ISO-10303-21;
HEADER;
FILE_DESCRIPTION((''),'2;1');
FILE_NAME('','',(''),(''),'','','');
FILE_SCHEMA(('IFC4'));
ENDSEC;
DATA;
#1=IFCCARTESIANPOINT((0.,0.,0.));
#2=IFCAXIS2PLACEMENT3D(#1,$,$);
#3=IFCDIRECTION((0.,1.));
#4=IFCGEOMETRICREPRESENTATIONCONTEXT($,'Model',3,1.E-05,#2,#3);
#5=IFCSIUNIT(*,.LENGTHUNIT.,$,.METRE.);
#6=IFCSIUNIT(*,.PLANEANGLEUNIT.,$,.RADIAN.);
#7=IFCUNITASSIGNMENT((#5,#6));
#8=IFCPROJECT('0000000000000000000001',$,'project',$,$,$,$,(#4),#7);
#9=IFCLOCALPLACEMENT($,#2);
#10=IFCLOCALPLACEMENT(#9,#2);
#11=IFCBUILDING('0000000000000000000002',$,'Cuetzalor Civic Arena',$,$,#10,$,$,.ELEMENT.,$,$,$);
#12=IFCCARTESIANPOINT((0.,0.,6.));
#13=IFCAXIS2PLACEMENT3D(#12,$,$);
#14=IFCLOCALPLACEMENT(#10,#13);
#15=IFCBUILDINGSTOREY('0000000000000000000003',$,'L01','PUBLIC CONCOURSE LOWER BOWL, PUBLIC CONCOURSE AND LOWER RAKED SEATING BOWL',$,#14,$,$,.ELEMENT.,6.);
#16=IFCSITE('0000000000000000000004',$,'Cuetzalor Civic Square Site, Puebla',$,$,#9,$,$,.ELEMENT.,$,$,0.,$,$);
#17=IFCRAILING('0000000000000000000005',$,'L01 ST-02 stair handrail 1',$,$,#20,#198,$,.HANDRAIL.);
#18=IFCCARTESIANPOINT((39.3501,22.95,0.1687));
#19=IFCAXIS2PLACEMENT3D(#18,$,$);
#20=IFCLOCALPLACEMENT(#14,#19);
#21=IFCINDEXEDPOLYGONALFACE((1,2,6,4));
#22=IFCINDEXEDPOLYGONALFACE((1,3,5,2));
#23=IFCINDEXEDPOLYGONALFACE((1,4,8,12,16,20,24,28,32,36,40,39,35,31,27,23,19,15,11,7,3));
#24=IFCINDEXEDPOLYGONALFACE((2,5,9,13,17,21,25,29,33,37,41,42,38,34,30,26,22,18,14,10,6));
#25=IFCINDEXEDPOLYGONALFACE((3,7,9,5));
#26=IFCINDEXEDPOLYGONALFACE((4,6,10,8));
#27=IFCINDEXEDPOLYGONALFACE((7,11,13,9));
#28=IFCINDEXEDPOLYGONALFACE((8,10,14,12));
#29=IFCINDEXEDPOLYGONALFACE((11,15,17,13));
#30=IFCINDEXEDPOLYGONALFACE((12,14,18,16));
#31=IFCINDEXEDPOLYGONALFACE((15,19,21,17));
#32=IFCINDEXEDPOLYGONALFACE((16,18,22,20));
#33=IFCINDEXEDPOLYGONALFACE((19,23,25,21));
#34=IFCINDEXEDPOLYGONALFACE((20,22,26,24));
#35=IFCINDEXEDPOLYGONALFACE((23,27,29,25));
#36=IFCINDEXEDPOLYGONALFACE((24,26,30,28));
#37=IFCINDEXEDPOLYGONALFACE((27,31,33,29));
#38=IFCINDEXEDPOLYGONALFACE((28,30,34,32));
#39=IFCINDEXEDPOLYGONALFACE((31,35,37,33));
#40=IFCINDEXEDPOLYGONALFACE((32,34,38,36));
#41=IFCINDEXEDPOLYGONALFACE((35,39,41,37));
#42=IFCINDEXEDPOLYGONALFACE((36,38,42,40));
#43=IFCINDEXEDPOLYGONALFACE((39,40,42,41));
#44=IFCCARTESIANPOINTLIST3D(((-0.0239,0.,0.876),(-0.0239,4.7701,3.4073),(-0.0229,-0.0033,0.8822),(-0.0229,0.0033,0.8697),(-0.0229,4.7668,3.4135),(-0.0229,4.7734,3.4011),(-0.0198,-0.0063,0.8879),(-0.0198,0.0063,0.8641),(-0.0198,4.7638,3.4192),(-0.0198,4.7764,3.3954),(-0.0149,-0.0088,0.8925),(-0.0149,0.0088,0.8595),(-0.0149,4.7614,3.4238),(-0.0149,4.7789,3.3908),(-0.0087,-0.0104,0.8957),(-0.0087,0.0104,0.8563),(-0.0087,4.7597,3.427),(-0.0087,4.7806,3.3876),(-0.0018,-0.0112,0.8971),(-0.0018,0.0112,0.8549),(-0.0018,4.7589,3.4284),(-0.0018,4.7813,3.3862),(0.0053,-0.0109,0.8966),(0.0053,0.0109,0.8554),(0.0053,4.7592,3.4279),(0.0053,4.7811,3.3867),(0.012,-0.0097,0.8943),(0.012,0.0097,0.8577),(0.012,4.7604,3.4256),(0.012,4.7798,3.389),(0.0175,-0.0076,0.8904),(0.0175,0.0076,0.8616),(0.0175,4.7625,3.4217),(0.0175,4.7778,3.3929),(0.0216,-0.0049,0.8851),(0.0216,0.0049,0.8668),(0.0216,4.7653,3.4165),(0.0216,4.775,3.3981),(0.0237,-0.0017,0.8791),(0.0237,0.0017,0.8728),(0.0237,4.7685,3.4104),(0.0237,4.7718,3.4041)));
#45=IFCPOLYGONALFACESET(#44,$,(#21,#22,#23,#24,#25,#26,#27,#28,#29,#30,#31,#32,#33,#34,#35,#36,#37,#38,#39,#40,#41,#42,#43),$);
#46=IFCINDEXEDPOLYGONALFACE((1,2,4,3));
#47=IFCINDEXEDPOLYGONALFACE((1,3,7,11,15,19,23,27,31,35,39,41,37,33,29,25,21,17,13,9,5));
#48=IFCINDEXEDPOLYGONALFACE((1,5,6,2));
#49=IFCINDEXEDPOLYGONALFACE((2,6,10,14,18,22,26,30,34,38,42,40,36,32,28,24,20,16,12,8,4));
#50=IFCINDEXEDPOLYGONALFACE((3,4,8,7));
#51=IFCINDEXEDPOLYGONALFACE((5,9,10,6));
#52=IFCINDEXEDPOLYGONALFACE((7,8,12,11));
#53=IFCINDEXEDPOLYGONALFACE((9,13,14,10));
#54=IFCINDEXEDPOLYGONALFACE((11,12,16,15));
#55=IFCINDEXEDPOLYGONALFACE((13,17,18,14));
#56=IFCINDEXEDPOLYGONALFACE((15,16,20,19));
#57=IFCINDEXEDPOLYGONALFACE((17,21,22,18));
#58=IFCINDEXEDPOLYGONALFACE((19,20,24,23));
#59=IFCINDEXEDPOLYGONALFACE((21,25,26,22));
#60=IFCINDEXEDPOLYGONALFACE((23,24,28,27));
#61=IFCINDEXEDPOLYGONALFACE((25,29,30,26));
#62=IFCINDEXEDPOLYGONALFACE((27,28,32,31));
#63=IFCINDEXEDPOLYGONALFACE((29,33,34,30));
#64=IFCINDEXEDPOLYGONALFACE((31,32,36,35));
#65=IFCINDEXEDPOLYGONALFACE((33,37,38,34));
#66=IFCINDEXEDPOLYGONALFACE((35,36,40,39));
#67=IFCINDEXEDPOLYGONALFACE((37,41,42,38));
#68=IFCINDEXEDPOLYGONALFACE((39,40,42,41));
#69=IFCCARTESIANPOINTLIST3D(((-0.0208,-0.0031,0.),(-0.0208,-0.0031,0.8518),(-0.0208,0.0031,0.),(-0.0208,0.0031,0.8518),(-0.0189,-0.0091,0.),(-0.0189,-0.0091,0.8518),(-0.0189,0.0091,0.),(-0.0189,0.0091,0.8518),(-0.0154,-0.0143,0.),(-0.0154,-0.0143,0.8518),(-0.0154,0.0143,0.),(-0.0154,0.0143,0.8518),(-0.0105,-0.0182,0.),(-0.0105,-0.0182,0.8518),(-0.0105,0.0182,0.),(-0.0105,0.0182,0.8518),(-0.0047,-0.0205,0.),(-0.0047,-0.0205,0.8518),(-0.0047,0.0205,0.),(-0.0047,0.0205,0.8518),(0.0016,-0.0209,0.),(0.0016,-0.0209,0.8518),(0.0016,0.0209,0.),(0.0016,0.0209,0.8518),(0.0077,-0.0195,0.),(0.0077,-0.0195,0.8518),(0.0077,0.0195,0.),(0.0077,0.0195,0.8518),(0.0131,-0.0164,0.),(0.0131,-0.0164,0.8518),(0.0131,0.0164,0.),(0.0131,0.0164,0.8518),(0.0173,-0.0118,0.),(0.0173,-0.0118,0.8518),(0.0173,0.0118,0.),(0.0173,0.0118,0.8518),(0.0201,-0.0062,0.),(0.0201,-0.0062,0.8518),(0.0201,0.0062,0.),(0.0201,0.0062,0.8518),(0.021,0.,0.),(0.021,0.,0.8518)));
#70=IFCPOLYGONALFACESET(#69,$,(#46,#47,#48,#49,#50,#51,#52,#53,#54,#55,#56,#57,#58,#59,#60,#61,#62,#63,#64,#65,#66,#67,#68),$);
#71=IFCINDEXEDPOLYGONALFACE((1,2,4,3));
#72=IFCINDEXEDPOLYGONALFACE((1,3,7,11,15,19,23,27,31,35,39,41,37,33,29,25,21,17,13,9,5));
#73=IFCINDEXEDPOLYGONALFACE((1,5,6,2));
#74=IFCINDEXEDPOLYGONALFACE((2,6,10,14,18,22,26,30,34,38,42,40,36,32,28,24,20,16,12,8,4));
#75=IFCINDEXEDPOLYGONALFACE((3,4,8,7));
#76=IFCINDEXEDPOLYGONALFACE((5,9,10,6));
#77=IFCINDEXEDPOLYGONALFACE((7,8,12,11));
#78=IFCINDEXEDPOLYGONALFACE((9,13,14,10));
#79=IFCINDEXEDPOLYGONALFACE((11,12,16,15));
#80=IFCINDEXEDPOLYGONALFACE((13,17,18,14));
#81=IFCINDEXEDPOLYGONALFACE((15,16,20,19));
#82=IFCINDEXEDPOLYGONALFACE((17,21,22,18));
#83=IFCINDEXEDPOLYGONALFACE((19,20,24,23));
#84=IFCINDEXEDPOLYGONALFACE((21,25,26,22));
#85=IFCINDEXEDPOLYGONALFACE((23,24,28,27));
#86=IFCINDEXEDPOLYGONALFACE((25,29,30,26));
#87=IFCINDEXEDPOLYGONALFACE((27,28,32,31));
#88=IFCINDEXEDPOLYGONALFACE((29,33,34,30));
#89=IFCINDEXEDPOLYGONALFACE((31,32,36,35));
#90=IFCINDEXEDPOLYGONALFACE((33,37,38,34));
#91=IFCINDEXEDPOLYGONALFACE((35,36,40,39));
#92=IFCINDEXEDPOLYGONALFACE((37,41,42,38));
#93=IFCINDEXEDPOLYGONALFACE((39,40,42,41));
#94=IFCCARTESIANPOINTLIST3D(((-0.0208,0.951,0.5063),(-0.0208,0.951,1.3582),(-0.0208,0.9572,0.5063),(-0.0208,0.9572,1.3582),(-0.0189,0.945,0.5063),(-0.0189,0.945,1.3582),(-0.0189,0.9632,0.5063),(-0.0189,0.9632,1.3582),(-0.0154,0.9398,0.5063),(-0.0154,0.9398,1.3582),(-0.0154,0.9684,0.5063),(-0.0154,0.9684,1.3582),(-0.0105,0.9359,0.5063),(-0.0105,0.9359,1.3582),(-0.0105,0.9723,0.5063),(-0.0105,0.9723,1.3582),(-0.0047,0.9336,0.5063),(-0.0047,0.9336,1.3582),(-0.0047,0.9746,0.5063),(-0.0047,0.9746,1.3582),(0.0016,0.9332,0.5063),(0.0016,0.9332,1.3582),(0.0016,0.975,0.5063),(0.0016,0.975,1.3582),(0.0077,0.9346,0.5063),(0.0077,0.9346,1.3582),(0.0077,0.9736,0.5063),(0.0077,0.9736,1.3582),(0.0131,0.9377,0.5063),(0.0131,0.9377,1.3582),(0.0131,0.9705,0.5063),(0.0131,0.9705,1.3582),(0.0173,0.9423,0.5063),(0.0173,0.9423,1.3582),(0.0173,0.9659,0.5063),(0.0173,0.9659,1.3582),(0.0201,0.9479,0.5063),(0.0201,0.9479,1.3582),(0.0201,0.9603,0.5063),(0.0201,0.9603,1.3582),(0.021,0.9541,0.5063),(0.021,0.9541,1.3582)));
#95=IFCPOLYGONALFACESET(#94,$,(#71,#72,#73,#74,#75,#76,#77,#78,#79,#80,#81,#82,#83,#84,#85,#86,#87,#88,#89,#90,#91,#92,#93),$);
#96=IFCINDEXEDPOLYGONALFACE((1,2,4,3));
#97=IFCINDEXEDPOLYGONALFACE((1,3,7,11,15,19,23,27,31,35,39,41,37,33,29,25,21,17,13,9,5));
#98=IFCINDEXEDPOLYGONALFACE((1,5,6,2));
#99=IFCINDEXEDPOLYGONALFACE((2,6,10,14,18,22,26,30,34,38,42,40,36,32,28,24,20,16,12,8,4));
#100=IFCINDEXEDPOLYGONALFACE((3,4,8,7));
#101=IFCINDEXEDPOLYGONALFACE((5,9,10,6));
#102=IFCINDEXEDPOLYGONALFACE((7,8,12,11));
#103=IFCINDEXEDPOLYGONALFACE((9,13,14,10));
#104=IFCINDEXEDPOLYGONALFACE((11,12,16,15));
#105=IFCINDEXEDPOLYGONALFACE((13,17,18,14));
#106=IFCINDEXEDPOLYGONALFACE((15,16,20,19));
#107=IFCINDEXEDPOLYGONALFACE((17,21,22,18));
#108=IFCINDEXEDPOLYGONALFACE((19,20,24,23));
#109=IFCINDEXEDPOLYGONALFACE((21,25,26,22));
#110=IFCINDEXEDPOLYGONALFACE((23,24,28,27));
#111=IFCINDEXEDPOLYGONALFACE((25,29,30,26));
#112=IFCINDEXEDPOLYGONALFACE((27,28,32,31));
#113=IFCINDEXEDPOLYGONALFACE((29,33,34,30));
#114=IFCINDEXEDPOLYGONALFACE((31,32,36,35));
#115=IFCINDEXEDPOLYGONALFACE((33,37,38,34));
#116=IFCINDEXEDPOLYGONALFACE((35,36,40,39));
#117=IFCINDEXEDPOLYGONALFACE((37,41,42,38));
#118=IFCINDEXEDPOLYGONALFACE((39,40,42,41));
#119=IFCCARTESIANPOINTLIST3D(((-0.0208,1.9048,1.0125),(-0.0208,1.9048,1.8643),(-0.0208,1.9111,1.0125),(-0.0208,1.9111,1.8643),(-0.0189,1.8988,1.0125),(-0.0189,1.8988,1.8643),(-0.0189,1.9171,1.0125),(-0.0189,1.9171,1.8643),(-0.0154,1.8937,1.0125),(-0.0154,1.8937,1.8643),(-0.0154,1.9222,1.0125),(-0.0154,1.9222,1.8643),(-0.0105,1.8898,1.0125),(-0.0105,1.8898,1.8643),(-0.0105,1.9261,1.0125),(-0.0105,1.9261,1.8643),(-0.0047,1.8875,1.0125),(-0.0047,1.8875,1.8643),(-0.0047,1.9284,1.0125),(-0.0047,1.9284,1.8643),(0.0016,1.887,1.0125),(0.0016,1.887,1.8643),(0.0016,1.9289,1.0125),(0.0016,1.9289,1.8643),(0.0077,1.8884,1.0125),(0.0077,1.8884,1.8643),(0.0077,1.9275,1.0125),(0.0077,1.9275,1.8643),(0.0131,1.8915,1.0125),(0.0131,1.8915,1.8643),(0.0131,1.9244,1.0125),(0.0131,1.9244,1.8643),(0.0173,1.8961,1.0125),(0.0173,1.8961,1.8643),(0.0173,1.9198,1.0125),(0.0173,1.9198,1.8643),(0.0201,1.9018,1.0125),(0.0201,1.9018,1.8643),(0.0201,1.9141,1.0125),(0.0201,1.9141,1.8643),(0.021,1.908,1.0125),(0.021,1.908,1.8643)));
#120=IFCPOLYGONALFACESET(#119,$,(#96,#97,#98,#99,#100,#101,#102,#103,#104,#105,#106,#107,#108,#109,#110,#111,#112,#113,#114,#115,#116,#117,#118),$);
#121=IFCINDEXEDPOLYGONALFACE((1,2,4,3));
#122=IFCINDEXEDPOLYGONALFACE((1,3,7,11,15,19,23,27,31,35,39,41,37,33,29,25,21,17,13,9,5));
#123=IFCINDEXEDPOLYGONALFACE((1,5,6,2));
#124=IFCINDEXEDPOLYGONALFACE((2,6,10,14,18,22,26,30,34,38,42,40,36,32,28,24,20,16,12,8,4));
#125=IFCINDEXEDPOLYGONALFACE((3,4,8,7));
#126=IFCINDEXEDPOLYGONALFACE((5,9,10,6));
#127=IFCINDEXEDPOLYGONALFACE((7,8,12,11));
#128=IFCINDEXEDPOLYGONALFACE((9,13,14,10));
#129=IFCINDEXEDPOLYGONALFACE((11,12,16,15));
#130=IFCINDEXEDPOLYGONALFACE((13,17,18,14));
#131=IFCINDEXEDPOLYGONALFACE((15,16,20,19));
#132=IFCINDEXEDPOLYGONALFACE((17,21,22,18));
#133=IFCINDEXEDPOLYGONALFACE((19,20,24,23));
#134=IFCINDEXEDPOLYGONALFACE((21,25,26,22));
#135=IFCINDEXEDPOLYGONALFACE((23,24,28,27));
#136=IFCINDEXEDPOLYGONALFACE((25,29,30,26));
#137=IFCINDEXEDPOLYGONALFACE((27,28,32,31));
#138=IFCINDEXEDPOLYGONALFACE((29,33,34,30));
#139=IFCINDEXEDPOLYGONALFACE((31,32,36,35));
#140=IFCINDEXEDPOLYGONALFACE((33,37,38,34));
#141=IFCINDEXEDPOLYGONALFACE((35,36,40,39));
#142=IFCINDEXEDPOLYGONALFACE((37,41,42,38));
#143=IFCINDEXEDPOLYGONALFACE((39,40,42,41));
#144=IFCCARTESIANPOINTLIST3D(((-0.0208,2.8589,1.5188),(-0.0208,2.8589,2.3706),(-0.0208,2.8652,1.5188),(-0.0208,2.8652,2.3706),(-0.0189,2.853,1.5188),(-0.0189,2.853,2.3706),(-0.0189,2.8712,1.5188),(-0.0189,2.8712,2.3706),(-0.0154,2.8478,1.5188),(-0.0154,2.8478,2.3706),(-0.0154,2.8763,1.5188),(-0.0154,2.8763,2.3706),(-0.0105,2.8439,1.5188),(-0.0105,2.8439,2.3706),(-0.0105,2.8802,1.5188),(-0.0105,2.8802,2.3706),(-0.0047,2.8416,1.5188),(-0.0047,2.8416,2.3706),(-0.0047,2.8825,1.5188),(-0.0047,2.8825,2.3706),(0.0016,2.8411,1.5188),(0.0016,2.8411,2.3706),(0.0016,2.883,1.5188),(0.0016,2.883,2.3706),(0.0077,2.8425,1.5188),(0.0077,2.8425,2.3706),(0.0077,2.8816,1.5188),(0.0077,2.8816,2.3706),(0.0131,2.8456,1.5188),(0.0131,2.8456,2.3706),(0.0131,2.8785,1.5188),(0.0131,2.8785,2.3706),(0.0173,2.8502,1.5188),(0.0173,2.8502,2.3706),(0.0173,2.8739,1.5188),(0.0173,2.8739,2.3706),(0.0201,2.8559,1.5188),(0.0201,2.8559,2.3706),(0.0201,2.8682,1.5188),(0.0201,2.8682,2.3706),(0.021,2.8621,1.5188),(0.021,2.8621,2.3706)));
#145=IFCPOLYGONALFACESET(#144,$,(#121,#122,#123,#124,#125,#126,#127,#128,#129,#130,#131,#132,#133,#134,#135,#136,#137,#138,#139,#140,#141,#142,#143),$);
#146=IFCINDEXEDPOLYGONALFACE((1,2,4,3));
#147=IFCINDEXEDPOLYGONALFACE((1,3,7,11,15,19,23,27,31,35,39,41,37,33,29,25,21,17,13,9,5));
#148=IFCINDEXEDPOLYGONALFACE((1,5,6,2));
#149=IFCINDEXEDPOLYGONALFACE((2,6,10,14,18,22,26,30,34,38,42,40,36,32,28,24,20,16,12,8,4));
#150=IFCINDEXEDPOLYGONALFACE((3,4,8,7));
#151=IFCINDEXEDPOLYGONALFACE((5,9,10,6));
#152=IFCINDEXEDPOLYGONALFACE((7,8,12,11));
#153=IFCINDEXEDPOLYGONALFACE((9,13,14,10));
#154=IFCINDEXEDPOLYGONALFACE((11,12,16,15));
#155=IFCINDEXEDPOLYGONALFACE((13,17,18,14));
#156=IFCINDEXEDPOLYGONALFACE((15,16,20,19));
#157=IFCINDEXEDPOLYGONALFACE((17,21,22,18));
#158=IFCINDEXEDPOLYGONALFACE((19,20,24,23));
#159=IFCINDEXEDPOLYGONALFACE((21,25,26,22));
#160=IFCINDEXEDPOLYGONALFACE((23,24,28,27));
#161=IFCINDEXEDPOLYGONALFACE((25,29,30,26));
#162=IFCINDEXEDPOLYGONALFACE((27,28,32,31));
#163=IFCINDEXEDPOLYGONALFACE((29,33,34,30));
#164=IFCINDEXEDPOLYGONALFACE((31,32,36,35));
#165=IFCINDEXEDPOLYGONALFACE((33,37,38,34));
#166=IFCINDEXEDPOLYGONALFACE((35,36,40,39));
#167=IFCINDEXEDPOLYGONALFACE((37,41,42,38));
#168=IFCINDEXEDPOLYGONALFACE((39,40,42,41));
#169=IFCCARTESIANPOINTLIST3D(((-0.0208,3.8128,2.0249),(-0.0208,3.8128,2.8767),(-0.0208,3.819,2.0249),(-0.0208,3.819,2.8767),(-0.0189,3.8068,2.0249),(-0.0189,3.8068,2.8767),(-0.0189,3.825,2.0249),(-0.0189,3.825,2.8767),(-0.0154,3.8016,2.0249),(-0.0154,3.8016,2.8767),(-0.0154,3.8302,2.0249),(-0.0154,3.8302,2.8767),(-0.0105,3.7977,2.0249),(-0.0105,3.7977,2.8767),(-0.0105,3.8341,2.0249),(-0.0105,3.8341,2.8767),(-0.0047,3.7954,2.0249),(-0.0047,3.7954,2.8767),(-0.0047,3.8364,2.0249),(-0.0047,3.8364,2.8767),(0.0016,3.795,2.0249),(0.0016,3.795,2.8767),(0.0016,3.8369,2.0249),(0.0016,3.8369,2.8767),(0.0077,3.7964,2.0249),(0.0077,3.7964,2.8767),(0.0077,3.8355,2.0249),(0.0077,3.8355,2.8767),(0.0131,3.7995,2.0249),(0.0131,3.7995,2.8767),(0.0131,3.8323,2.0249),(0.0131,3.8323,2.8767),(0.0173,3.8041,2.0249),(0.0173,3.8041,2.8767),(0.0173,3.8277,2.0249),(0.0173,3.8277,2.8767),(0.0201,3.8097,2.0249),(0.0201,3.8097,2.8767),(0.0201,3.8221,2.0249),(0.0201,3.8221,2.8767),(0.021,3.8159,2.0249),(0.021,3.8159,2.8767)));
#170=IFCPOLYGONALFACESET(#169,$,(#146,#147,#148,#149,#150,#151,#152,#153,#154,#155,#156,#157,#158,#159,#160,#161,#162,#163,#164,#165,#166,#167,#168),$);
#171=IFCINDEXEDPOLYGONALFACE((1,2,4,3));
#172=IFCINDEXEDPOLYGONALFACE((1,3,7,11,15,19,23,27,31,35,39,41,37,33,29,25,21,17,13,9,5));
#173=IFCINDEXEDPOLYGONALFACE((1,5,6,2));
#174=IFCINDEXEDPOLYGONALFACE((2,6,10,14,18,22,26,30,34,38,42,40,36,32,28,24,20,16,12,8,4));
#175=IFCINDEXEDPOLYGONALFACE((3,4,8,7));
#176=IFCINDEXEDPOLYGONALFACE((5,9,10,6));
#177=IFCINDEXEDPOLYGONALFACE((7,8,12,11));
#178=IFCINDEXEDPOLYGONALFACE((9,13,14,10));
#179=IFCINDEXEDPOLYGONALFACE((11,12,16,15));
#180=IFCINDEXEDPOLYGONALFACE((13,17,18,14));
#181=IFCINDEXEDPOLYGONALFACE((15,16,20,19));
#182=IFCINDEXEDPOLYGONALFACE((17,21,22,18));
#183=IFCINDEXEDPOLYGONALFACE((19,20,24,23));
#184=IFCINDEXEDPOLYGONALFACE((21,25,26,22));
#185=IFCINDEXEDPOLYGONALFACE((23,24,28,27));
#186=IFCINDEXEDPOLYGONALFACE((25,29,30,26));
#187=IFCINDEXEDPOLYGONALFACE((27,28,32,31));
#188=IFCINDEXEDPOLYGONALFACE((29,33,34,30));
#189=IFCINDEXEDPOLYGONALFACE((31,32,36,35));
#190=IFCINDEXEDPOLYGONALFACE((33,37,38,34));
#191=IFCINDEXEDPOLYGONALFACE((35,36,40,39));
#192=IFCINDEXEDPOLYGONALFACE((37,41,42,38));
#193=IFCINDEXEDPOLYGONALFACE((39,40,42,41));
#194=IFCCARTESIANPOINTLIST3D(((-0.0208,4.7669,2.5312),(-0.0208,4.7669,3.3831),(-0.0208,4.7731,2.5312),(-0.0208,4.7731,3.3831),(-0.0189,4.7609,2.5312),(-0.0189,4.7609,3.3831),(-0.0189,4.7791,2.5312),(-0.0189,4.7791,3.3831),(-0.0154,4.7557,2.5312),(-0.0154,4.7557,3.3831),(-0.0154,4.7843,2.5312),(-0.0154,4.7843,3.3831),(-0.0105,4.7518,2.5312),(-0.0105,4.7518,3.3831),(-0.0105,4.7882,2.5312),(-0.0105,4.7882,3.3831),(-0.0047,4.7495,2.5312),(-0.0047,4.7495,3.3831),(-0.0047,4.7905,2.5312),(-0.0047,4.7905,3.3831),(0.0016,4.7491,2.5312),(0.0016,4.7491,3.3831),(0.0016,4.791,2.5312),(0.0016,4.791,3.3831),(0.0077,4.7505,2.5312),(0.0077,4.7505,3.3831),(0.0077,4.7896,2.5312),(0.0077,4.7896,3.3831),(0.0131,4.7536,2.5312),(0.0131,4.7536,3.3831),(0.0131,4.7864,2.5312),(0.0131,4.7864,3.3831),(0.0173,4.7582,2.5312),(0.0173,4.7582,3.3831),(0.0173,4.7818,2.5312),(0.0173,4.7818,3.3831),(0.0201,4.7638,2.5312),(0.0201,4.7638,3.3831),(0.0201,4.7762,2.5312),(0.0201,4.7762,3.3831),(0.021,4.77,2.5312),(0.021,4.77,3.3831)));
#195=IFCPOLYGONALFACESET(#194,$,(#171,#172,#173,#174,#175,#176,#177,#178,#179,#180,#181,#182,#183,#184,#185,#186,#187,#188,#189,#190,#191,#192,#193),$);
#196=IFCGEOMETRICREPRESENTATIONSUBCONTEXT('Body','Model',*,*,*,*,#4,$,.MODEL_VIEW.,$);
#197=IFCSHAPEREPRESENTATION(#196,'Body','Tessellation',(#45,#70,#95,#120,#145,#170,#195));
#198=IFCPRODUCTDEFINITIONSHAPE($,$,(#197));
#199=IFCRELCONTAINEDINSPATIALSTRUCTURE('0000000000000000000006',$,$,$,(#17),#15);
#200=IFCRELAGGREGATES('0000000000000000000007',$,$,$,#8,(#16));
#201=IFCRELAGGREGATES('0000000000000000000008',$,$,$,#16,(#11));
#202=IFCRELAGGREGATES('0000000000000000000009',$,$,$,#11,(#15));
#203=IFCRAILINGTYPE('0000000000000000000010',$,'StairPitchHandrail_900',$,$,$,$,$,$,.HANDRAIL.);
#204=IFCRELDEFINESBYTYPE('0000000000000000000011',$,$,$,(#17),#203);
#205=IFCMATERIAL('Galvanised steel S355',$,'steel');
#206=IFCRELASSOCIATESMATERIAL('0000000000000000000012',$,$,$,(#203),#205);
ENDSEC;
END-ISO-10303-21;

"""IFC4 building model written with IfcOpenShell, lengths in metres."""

from ifc_helpers import new_model, si_unit, direction, frame, origin, origin_2d, place, context, subcontext, project, spatial, circle, extrude, material, type_object, element, save


model = new_model("IFC4")

# Units and contexts
model_context = context("Model", 3, precision=1e-05, world=origin(), true_north=direction((0.0, 1.0)))
body_context = subcontext(model_context, "Body", "Model", "MODEL_VIEW")
ifc_project = project(units=[si_unit("LENGTHUNIT", "METRE"), si_unit("PLANEANGLEUNIT", "RADIAN")], contexts=[model_context])

# Site, building, storey
site_placement = place(None, origin())
site = spatial("IfcSite", under=ifc_project, at=site_placement, Name="Cuetzalor Civic Square Site, Puebla", CompositionType="ELEMENT", RefElevation=0.0)
building_placement = place(site_placement, origin())
building = spatial("IfcBuilding", under=site, at=building_placement, Name="Cuetzalor Civic Arena", CompositionType="ELEMENT")
storey_placement = place(building_placement, frame((0.0, 0.0, 6.0)))
storey = spatial("IfcBuildingStorey", under=building, at=storey_placement, Name="L01", Description="PUBLIC CONCOURSE LOWER BOWL, PUBLIC CONCOURSE AND LOWER RAKED SEATING BOWL", CompositionType="ELEMENT", Elevation=6.0)

# Railing
ifc_material_1 = material(Name="Galvanised steel S355", Category="steel")
railing_type_1 = type_object("IfcRailingType", Name="StairPitchHandrail_900", PredefinedType="HANDRAIL", material=ifc_material_1)
railing_1_placement = place(storey_placement, frame((39.3501, 22.95, 0.1687)))
element("IfcRailing", 1, at=railing_1_placement, inside=storey, type_object=railing_type_1, Name="L01 ST-02 stair handrail 1", PredefinedType="HANDRAIL", context=body_context, shape_type="SweptSolid", body=[
    extrude(circle(Radius=0.0239, at=origin_2d()), frame((0.0, 0.0, 0.876), z_axis=(0.0, 0.883332, 0.468747), x_axis=(-1.0, 0.0, 0.0)), (0.0, 0.0, 1.0), 5.4001),
    extrude(circle(Radius=0.021, at=origin_2d()), origin(), (0.0, 0.0, 1.0), 0.8518),
    extrude(circle(Radius=0.021, at=origin_2d()), frame((0.0, 0.9541, 0.5063)), (0.0, 0.0, 1.0), 0.8518),
    extrude(circle(Radius=0.021, at=origin_2d()), frame((0.0, 1.908, 1.0125)), (0.0, 0.0, 1.0), 0.8518),
    extrude(circle(Radius=0.021, at=origin_2d()), frame((0.0, 2.8621, 1.5188)), (0.0, 0.0, 1.0), 0.8518),
    extrude(circle(Radius=0.021, at=origin_2d()), frame((0.0, 3.8159, 2.0249)), (0.0, 0.0, 1.0), 0.8518),
    extrude(circle(Radius=0.021, at=origin_2d()), frame((0.0, 4.77, 2.5312)), (0.0, 0.0, 1.0), 0.8518),
])

save(model, "model.ifc")
